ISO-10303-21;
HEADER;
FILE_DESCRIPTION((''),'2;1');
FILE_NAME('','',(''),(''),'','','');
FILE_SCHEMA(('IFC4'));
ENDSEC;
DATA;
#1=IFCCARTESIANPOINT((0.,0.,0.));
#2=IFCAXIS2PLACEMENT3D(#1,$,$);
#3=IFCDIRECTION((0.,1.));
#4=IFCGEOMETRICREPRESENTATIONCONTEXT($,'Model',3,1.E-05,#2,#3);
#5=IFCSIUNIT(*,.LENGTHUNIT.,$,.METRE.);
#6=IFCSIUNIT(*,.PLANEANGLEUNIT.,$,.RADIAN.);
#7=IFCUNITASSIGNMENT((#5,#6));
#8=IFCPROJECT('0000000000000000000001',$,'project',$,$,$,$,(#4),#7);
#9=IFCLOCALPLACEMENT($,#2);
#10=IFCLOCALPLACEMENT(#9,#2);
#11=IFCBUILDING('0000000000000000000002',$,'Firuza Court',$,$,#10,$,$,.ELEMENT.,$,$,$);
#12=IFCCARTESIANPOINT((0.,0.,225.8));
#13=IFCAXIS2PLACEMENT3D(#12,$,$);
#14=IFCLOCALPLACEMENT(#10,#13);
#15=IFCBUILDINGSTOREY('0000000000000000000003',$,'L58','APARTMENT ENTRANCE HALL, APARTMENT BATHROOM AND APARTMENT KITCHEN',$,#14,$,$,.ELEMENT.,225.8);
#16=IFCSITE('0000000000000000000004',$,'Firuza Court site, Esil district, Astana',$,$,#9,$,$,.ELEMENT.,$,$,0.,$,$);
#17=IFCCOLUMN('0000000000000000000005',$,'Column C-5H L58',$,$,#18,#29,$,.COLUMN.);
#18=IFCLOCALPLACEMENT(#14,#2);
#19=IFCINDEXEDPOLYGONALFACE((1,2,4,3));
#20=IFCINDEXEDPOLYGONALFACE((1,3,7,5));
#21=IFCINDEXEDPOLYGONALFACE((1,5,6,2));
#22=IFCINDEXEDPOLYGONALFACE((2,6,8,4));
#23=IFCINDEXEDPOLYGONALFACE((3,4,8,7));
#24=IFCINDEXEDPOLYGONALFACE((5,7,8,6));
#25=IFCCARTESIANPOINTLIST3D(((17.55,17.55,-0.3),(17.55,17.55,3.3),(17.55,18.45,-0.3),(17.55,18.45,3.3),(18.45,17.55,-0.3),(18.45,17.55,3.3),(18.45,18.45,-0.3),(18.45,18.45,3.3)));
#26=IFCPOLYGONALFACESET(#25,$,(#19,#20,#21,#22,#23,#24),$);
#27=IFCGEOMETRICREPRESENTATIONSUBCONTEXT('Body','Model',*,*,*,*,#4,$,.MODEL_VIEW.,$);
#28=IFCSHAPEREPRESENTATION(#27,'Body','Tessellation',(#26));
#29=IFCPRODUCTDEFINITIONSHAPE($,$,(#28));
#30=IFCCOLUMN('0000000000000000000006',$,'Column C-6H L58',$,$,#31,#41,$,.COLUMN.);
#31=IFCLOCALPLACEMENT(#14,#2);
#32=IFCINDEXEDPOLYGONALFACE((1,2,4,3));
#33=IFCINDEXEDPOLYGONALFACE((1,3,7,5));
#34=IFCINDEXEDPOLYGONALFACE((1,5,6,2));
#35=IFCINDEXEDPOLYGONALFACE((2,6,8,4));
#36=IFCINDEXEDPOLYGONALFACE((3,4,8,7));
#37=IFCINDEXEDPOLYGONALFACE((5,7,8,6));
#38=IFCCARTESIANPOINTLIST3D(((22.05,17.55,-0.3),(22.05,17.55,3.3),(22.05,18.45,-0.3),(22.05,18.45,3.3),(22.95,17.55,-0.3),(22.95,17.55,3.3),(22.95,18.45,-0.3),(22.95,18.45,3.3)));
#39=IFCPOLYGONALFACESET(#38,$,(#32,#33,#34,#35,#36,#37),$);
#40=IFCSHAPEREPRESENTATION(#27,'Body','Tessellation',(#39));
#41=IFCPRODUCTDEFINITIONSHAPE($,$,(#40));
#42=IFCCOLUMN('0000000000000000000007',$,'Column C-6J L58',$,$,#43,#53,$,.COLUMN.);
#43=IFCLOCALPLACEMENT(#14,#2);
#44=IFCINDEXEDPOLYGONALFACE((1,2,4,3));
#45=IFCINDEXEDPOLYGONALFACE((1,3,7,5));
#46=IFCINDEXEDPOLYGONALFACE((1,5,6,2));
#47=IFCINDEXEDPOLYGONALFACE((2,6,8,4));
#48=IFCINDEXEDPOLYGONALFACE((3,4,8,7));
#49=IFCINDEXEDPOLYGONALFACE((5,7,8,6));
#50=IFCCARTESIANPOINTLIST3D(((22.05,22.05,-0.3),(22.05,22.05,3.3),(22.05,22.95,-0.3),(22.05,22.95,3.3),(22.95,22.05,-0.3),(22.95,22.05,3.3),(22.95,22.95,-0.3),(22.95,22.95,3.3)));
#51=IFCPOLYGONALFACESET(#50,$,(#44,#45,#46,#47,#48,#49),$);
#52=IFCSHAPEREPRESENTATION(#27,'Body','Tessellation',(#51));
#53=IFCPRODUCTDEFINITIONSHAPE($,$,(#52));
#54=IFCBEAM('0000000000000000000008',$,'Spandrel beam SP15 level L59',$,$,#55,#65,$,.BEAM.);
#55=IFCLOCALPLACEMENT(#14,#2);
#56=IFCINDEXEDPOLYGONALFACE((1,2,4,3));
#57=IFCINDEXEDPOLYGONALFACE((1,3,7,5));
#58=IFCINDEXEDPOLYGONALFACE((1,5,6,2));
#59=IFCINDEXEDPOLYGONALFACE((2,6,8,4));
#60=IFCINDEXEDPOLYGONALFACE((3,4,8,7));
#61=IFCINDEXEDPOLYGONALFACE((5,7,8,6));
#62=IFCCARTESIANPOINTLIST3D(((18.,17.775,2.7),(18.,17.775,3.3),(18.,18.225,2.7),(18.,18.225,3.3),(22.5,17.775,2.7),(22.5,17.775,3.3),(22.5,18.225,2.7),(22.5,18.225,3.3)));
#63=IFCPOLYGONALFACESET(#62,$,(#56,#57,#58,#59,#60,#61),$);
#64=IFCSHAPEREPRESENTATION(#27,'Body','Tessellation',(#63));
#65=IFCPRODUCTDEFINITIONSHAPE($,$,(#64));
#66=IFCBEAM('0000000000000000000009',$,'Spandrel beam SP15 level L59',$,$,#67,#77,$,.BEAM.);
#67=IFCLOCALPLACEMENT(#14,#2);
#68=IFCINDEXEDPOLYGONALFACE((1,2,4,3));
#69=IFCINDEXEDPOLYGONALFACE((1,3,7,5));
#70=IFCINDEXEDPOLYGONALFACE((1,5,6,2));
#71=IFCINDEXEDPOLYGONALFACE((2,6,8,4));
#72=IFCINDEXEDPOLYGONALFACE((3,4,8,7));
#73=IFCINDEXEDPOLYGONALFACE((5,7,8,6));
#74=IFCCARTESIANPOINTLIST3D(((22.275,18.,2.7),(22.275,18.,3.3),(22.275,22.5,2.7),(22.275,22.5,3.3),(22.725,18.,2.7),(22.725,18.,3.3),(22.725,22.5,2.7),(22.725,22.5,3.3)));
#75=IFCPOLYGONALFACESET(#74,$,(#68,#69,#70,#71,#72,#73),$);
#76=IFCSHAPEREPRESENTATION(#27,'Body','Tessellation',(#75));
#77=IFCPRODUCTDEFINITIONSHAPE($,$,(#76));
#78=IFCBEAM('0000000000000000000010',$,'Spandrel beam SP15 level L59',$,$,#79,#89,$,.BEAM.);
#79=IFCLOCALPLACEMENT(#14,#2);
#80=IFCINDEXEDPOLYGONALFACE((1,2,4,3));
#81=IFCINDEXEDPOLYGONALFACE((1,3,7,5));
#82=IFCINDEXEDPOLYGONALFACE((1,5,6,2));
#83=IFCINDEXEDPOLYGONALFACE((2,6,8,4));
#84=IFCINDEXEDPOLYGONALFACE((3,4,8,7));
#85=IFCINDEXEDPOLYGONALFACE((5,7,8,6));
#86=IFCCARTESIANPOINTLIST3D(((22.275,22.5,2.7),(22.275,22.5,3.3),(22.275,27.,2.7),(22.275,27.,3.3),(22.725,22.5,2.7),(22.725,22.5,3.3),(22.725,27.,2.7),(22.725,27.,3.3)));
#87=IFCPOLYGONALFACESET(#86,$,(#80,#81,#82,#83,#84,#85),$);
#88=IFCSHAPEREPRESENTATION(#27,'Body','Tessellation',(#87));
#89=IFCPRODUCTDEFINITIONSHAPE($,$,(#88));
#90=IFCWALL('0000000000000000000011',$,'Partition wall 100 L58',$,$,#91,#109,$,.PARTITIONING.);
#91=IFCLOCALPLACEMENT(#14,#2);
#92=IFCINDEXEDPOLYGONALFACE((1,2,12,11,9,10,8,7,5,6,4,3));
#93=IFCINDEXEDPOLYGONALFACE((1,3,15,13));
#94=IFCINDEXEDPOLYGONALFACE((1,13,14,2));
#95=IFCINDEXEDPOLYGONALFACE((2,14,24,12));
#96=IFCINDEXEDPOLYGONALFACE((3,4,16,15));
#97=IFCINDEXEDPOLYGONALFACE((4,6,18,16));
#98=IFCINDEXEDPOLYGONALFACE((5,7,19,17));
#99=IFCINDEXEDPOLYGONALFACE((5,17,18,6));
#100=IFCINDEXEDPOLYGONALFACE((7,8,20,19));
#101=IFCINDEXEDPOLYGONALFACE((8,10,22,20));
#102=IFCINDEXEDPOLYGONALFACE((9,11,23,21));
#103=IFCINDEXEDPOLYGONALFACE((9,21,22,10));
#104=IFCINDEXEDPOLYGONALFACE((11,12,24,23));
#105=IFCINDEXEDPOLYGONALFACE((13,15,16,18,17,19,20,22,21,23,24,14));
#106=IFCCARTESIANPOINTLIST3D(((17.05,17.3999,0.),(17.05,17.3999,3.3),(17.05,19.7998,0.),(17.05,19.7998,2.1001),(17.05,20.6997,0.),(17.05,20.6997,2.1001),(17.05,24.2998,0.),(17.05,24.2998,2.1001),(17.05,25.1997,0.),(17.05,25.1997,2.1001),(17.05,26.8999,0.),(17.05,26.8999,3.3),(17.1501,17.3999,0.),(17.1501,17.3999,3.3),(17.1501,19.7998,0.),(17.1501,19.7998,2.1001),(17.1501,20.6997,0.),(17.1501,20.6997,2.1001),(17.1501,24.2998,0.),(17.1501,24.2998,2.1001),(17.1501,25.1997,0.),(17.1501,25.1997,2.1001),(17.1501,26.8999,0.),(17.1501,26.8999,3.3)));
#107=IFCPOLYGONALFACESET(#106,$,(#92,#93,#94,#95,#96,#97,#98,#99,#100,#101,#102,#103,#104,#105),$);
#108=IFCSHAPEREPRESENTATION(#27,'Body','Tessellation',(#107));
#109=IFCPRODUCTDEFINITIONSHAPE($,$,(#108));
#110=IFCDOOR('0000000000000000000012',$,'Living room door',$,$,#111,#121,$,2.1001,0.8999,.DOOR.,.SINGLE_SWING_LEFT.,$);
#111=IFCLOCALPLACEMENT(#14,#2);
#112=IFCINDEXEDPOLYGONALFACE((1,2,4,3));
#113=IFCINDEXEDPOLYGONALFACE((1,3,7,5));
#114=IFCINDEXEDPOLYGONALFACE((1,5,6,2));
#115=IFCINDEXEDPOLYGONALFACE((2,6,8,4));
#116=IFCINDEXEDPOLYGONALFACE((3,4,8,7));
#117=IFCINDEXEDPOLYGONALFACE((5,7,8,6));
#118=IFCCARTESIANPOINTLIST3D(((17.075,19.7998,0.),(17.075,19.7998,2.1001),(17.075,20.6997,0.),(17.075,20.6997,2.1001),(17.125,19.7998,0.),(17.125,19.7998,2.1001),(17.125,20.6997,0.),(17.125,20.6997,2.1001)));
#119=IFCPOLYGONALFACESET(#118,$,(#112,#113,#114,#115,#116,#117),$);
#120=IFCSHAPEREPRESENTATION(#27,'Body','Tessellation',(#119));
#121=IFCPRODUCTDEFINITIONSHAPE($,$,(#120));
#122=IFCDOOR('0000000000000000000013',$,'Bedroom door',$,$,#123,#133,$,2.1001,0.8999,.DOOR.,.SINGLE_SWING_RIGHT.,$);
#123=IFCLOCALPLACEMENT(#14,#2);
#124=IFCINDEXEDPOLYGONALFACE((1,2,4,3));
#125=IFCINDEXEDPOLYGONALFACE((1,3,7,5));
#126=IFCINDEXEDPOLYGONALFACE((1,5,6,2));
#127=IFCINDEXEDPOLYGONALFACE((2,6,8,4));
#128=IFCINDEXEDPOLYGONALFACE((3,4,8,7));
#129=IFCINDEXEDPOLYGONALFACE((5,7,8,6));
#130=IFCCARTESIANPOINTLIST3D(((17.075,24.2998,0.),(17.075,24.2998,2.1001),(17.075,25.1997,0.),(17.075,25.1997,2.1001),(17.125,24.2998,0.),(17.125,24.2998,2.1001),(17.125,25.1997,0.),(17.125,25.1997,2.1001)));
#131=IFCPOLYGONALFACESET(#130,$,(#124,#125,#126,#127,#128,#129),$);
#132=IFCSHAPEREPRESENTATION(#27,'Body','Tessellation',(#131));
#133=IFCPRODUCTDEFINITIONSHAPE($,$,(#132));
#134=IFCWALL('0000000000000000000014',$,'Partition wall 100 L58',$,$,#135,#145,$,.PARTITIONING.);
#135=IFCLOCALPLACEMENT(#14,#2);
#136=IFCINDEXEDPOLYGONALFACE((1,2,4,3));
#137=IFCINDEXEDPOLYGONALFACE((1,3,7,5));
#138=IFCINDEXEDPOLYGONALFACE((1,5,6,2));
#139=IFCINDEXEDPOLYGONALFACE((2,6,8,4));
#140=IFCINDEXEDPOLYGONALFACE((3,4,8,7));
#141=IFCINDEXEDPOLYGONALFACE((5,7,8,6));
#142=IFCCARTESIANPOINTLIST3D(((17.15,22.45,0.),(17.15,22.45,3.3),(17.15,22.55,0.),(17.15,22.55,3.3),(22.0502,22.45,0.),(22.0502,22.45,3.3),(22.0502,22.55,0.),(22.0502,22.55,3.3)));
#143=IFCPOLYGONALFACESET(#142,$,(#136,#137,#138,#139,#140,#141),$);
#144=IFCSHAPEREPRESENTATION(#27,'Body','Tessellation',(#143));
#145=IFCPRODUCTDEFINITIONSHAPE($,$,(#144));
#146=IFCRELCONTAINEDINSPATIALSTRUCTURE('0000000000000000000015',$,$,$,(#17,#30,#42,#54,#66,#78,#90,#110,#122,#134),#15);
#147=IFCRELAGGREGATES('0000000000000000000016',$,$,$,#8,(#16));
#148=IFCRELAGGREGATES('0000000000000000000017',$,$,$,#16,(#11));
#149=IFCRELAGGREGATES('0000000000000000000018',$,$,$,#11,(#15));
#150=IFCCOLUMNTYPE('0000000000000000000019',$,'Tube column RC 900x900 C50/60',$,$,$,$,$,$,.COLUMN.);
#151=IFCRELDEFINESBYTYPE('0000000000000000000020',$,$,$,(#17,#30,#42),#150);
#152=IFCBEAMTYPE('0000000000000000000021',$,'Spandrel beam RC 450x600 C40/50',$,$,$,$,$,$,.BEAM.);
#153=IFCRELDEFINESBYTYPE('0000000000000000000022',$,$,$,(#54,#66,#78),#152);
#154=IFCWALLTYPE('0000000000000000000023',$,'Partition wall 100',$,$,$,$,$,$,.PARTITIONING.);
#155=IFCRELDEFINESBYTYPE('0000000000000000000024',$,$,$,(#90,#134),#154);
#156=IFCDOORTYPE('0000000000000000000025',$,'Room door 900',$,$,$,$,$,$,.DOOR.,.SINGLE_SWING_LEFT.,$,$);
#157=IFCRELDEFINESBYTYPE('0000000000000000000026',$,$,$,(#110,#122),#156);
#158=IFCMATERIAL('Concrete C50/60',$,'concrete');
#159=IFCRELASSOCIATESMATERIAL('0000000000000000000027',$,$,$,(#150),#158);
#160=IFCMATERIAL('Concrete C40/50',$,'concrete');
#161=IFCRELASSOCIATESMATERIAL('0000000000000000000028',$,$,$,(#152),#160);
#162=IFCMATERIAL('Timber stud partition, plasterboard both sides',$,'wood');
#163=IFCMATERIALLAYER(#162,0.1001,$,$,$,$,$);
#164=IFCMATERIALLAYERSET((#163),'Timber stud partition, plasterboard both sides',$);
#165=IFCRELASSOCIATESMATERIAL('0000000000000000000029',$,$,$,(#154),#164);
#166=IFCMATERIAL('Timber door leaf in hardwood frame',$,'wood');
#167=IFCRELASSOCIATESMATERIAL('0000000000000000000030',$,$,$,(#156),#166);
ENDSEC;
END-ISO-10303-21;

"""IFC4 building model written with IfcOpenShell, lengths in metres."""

from ifc_helpers import new_model, si_unit, direction, frame, frame_2d, origin, origin_2d, place, context, subcontext, project, spatial, rectangle, extrude, material, layer, layer_set, material_profile, profile_set, type_object, element, fill, save


model = new_model("IFC4")

# Units and contexts
model_context = context("Model", 3, precision=1e-05, world=origin(), true_north=direction((0.0, 1.0)))
body_context = subcontext(model_context, "Body", "Model", "MODEL_VIEW")
ifc_project = project(units=[si_unit("LENGTHUNIT", "METRE"), si_unit("PLANEANGLEUNIT", "RADIAN")], contexts=[model_context])

# Site, building, storey
site_placement = place(None, origin())
site = spatial("IfcSite", under=ifc_project, at=site_placement, Name="Firuza Court site, Esil district, Astana", CompositionType="ELEMENT", RefElevation=0.0)
building_placement = place(site_placement, origin())
building = spatial("IfcBuilding", under=site, at=building_placement, Name="Firuza Court", CompositionType="ELEMENT")
storey_placement = place(building_placement, frame((0.0, 0.0, 225.8)))
storey = spatial("IfcBuildingStorey", under=building, at=storey_placement, Name="L58", Description="APARTMENT ENTRANCE HALL, APARTMENT BATHROOM AND APARTMENT KITCHEN", CompositionType="ELEMENT", Elevation=225.8)

# Columns
ifc_material_1 = material(Name="Concrete C50/60", Category="concrete")
ifc_material_profile_1 = material_profile(ifc_material_1, rectangle(XDim=0.8999, YDim=0.8999, at=origin_2d()), Name="RC 900x900")
ifc_profile_set_1 = profile_set([ifc_material_profile_1], Name="Concrete C50/60")
column_type = type_object("IfcColumnType", Name="Tube column RC 900x900 C50/60", PredefinedType="COLUMN", material=ifc_profile_set_1)
for number, where, z_axis, x_axis, name in (
    (1, (18.0, 18.0, -0.3), (0.0, 0.0, 1.0), (1.0, 0.0, 0.0), "Column C-5H L58"),
    (2, (22.5, 18.0, -0.3), (0.0, 0.0, 1.0), (1.0, 0.0, 0.0), "Column C-6H L58"),
    (3, (22.5, 22.5, -0.3), (0.0, 0.0, 1.0), (1.0, 0.0, 0.0), "Column C-6J L58"),
):
    element("IfcColumn", number, at=place(storey_placement, frame(where, z_axis=z_axis, x_axis=x_axis)), inside=storey, type_object=column_type, Name=name, PredefinedType="COLUMN", context=body_context, shape_type="SweptSolid", body=[
        extrude(rectangle(XDim=0.8999, YDim=0.8999, at=origin_2d()), origin(), (0.0, 0.0, 1.0), 3.6001),
    ])

# Beams
ifc_material_2 = material(Name="Concrete C40/50", Category="concrete")
ifc_material_profile_2 = material_profile(ifc_material_2, rectangle(XDim=0.45, YDim=0.6001, at=origin_2d()), Name="RC 450x600")
ifc_profile_set_2 = profile_set([ifc_material_profile_2], Name="Concrete C40/50")
beam_type = type_object("IfcBeamType", Name="Spandrel beam RC 450x600 C40/50", PredefinedType="BEAM", material=ifc_profile_set_2)
for number, where, z_axis, x_axis, name in (
    (4, (18.0, 18.0, 3.0), (1.0, 0.0, 0.0), (0.0, 1.0, 0.0), "Spandrel beam SP15 level L59"),
    (5, (22.5, 18.0, 3.0), (0.0, 1.0, 0.0), (-1.0, 0.0, 0.0), "Spandrel beam SP15 level L59"),
    (6, (22.5, 22.5, 3.0), (0.0, 1.0, 0.0), (-1.0, 0.0, 0.0), "Spandrel beam SP15 level L59"),
):
    element("IfcBeam", number, at=place(storey_placement, frame(where, z_axis=z_axis, x_axis=x_axis)), inside=storey, type_object=beam_type, Name=name, PredefinedType="BEAM", context=body_context, shape_type="SweptSolid", body=[
        extrude(rectangle(XDim=0.45, YDim=0.6001, at=origin_2d()), origin(), (0.0, 0.0, 1.0), 4.5),
    ])

# Wall, openings, doors
ifc_material_3 = material(Name="Timber stud partition, plasterboard both sides", Category="wood")
ifc_layer_1 = layer(ifc_material_3, 0.1001)
ifc_layer_set_1 = layer_set([ifc_layer_1], Name="Timber stud partition, plasterboard both sides")
wall_type_1 = type_object("IfcWallType", Name="Partition wall 100", PredefinedType="PARTITIONING", material=ifc_layer_set_1)
wall_1_placement = place(storey_placement, frame((17.1001, 17.3999, 0.0), z_axis=(0.0, 0.0, 1.0), x_axis=(0.0, 1.0, 0.0)))
wall_1 = element("IfcWall", 7, at=wall_1_placement, inside=storey, type_object=wall_type_1, Name="Partition wall 100 L58", PredefinedType="PARTITIONING", context=body_context, shape_type="SweptSolid", body=[
    extrude(rectangle(XDim=9.5, YDim=0.1001, at=frame_2d((4.75, 0.0))), origin(), (0.0, 0.0, 1.0), 3.3),
])
opening_1_placement = place(wall_1_placement, frame((2.3999, 0.0, 0.0)))
opening_1 = element("IfcOpeningElement", 8, at=opening_1_placement, cuts=wall_1, PredefinedType="OPENING", context=body_context, shape_type="SweptSolid", body=[
    extrude(rectangle(XDim=0.8999, YDim=2.1001, at=frame_2d((0.45, 1.05))), frame((0.0, 0.062, 0.0), z_axis=(0.0, -1.0, 0.0), x_axis=(1.0, 0.0, 0.0)), (0.0, 0.0, 1.0), 0.124),
])
opening_2_placement = place(wall_1_placement, frame((6.8999, 0.0, 0.0)))
opening_2 = element("IfcOpeningElement", 9, at=opening_2_placement, cuts=wall_1, PredefinedType="OPENING", context=body_context, shape_type="SweptSolid", body=[
    extrude(rectangle(XDim=0.8999, YDim=2.1001, at=frame_2d((0.45, 1.05))), frame((0.0, 0.062, 0.0), z_axis=(0.0, -1.0, 0.0), x_axis=(1.0, 0.0, 0.0)), (0.0, 0.0, 1.0), 0.124),
])
ifc_material_4 = material(Name="Timber door leaf in hardwood frame", Category="wood")
door_type = type_object("IfcDoorType", Name="Room door 900", OperationType="SINGLE_SWING_LEFT", PredefinedType="DOOR", material=ifc_material_4)
door_1_placement = place(opening_1_placement, frame((0.8999, 0.0, 0.0), z_axis=(0.0, 0.0, 1.0), x_axis=(-1.0, 0.0, 0.0)))
door_1 = element("IfcDoor", 10, at=door_1_placement, inside=storey, type_object=door_type, Name="Living room door", OperationType="SINGLE_SWING_LEFT", OverallHeight=2.1001, OverallWidth=0.8999, PredefinedType="DOOR", context=body_context, shape_type="SweptSolid", body=[
    extrude(rectangle(XDim=0.8999, YDim=2.1001, at=frame_2d((0.45, 1.05))), frame((0.0, 0.0249, 0.0), z_axis=(0.0, -1.0, 0.0), x_axis=(1.0, 0.0, 0.0)), (0.0, 0.0, 1.0), 0.05),
])
fill(opening_1, door_1)
door_2_placement = place(opening_2_placement, frame((0.8999, 0.0, 0.0), z_axis=(0.0, 0.0, 1.0), x_axis=(-1.0, 0.0, 0.0)))
door_2 = element("IfcDoor", 11, at=door_2_placement, inside=storey, type_object=door_type, Name="Bedroom door", OperationType="SINGLE_SWING_RIGHT", OverallHeight=2.1001, OverallWidth=0.8999, PredefinedType="DOOR", context=body_context, shape_type="SweptSolid", body=[
    extrude(rectangle(XDim=0.8999, YDim=2.1001, at=frame_2d((0.45, 1.05))), frame((0.0, 0.0249, 0.0), z_axis=(0.0, -1.0, 0.0), x_axis=(1.0, 0.0, 0.0)), (0.0, 0.0, 1.0), 0.05),
])
fill(opening_2, door_2)

# Wall
wall_2_placement = place(storey_placement, frame((17.1499, 22.5, 0.0), z_axis=(0.0, 0.0, 1.0), x_axis=(1.0, 0.0, 0.0)))
element("IfcWall", 12, at=wall_2_placement, inside=storey, type_object=wall_type_1, Name="Partition wall 100 L58", PredefinedType="PARTITIONING", context=body_context, shape_type="SweptSolid", body=[
    extrude(rectangle(XDim=4.9001, YDim=0.1001, at=frame_2d((2.4502, 0.0))), origin(), (0.0, 0.0, 1.0), 3.3),
])

save(model, "model.ifc")
